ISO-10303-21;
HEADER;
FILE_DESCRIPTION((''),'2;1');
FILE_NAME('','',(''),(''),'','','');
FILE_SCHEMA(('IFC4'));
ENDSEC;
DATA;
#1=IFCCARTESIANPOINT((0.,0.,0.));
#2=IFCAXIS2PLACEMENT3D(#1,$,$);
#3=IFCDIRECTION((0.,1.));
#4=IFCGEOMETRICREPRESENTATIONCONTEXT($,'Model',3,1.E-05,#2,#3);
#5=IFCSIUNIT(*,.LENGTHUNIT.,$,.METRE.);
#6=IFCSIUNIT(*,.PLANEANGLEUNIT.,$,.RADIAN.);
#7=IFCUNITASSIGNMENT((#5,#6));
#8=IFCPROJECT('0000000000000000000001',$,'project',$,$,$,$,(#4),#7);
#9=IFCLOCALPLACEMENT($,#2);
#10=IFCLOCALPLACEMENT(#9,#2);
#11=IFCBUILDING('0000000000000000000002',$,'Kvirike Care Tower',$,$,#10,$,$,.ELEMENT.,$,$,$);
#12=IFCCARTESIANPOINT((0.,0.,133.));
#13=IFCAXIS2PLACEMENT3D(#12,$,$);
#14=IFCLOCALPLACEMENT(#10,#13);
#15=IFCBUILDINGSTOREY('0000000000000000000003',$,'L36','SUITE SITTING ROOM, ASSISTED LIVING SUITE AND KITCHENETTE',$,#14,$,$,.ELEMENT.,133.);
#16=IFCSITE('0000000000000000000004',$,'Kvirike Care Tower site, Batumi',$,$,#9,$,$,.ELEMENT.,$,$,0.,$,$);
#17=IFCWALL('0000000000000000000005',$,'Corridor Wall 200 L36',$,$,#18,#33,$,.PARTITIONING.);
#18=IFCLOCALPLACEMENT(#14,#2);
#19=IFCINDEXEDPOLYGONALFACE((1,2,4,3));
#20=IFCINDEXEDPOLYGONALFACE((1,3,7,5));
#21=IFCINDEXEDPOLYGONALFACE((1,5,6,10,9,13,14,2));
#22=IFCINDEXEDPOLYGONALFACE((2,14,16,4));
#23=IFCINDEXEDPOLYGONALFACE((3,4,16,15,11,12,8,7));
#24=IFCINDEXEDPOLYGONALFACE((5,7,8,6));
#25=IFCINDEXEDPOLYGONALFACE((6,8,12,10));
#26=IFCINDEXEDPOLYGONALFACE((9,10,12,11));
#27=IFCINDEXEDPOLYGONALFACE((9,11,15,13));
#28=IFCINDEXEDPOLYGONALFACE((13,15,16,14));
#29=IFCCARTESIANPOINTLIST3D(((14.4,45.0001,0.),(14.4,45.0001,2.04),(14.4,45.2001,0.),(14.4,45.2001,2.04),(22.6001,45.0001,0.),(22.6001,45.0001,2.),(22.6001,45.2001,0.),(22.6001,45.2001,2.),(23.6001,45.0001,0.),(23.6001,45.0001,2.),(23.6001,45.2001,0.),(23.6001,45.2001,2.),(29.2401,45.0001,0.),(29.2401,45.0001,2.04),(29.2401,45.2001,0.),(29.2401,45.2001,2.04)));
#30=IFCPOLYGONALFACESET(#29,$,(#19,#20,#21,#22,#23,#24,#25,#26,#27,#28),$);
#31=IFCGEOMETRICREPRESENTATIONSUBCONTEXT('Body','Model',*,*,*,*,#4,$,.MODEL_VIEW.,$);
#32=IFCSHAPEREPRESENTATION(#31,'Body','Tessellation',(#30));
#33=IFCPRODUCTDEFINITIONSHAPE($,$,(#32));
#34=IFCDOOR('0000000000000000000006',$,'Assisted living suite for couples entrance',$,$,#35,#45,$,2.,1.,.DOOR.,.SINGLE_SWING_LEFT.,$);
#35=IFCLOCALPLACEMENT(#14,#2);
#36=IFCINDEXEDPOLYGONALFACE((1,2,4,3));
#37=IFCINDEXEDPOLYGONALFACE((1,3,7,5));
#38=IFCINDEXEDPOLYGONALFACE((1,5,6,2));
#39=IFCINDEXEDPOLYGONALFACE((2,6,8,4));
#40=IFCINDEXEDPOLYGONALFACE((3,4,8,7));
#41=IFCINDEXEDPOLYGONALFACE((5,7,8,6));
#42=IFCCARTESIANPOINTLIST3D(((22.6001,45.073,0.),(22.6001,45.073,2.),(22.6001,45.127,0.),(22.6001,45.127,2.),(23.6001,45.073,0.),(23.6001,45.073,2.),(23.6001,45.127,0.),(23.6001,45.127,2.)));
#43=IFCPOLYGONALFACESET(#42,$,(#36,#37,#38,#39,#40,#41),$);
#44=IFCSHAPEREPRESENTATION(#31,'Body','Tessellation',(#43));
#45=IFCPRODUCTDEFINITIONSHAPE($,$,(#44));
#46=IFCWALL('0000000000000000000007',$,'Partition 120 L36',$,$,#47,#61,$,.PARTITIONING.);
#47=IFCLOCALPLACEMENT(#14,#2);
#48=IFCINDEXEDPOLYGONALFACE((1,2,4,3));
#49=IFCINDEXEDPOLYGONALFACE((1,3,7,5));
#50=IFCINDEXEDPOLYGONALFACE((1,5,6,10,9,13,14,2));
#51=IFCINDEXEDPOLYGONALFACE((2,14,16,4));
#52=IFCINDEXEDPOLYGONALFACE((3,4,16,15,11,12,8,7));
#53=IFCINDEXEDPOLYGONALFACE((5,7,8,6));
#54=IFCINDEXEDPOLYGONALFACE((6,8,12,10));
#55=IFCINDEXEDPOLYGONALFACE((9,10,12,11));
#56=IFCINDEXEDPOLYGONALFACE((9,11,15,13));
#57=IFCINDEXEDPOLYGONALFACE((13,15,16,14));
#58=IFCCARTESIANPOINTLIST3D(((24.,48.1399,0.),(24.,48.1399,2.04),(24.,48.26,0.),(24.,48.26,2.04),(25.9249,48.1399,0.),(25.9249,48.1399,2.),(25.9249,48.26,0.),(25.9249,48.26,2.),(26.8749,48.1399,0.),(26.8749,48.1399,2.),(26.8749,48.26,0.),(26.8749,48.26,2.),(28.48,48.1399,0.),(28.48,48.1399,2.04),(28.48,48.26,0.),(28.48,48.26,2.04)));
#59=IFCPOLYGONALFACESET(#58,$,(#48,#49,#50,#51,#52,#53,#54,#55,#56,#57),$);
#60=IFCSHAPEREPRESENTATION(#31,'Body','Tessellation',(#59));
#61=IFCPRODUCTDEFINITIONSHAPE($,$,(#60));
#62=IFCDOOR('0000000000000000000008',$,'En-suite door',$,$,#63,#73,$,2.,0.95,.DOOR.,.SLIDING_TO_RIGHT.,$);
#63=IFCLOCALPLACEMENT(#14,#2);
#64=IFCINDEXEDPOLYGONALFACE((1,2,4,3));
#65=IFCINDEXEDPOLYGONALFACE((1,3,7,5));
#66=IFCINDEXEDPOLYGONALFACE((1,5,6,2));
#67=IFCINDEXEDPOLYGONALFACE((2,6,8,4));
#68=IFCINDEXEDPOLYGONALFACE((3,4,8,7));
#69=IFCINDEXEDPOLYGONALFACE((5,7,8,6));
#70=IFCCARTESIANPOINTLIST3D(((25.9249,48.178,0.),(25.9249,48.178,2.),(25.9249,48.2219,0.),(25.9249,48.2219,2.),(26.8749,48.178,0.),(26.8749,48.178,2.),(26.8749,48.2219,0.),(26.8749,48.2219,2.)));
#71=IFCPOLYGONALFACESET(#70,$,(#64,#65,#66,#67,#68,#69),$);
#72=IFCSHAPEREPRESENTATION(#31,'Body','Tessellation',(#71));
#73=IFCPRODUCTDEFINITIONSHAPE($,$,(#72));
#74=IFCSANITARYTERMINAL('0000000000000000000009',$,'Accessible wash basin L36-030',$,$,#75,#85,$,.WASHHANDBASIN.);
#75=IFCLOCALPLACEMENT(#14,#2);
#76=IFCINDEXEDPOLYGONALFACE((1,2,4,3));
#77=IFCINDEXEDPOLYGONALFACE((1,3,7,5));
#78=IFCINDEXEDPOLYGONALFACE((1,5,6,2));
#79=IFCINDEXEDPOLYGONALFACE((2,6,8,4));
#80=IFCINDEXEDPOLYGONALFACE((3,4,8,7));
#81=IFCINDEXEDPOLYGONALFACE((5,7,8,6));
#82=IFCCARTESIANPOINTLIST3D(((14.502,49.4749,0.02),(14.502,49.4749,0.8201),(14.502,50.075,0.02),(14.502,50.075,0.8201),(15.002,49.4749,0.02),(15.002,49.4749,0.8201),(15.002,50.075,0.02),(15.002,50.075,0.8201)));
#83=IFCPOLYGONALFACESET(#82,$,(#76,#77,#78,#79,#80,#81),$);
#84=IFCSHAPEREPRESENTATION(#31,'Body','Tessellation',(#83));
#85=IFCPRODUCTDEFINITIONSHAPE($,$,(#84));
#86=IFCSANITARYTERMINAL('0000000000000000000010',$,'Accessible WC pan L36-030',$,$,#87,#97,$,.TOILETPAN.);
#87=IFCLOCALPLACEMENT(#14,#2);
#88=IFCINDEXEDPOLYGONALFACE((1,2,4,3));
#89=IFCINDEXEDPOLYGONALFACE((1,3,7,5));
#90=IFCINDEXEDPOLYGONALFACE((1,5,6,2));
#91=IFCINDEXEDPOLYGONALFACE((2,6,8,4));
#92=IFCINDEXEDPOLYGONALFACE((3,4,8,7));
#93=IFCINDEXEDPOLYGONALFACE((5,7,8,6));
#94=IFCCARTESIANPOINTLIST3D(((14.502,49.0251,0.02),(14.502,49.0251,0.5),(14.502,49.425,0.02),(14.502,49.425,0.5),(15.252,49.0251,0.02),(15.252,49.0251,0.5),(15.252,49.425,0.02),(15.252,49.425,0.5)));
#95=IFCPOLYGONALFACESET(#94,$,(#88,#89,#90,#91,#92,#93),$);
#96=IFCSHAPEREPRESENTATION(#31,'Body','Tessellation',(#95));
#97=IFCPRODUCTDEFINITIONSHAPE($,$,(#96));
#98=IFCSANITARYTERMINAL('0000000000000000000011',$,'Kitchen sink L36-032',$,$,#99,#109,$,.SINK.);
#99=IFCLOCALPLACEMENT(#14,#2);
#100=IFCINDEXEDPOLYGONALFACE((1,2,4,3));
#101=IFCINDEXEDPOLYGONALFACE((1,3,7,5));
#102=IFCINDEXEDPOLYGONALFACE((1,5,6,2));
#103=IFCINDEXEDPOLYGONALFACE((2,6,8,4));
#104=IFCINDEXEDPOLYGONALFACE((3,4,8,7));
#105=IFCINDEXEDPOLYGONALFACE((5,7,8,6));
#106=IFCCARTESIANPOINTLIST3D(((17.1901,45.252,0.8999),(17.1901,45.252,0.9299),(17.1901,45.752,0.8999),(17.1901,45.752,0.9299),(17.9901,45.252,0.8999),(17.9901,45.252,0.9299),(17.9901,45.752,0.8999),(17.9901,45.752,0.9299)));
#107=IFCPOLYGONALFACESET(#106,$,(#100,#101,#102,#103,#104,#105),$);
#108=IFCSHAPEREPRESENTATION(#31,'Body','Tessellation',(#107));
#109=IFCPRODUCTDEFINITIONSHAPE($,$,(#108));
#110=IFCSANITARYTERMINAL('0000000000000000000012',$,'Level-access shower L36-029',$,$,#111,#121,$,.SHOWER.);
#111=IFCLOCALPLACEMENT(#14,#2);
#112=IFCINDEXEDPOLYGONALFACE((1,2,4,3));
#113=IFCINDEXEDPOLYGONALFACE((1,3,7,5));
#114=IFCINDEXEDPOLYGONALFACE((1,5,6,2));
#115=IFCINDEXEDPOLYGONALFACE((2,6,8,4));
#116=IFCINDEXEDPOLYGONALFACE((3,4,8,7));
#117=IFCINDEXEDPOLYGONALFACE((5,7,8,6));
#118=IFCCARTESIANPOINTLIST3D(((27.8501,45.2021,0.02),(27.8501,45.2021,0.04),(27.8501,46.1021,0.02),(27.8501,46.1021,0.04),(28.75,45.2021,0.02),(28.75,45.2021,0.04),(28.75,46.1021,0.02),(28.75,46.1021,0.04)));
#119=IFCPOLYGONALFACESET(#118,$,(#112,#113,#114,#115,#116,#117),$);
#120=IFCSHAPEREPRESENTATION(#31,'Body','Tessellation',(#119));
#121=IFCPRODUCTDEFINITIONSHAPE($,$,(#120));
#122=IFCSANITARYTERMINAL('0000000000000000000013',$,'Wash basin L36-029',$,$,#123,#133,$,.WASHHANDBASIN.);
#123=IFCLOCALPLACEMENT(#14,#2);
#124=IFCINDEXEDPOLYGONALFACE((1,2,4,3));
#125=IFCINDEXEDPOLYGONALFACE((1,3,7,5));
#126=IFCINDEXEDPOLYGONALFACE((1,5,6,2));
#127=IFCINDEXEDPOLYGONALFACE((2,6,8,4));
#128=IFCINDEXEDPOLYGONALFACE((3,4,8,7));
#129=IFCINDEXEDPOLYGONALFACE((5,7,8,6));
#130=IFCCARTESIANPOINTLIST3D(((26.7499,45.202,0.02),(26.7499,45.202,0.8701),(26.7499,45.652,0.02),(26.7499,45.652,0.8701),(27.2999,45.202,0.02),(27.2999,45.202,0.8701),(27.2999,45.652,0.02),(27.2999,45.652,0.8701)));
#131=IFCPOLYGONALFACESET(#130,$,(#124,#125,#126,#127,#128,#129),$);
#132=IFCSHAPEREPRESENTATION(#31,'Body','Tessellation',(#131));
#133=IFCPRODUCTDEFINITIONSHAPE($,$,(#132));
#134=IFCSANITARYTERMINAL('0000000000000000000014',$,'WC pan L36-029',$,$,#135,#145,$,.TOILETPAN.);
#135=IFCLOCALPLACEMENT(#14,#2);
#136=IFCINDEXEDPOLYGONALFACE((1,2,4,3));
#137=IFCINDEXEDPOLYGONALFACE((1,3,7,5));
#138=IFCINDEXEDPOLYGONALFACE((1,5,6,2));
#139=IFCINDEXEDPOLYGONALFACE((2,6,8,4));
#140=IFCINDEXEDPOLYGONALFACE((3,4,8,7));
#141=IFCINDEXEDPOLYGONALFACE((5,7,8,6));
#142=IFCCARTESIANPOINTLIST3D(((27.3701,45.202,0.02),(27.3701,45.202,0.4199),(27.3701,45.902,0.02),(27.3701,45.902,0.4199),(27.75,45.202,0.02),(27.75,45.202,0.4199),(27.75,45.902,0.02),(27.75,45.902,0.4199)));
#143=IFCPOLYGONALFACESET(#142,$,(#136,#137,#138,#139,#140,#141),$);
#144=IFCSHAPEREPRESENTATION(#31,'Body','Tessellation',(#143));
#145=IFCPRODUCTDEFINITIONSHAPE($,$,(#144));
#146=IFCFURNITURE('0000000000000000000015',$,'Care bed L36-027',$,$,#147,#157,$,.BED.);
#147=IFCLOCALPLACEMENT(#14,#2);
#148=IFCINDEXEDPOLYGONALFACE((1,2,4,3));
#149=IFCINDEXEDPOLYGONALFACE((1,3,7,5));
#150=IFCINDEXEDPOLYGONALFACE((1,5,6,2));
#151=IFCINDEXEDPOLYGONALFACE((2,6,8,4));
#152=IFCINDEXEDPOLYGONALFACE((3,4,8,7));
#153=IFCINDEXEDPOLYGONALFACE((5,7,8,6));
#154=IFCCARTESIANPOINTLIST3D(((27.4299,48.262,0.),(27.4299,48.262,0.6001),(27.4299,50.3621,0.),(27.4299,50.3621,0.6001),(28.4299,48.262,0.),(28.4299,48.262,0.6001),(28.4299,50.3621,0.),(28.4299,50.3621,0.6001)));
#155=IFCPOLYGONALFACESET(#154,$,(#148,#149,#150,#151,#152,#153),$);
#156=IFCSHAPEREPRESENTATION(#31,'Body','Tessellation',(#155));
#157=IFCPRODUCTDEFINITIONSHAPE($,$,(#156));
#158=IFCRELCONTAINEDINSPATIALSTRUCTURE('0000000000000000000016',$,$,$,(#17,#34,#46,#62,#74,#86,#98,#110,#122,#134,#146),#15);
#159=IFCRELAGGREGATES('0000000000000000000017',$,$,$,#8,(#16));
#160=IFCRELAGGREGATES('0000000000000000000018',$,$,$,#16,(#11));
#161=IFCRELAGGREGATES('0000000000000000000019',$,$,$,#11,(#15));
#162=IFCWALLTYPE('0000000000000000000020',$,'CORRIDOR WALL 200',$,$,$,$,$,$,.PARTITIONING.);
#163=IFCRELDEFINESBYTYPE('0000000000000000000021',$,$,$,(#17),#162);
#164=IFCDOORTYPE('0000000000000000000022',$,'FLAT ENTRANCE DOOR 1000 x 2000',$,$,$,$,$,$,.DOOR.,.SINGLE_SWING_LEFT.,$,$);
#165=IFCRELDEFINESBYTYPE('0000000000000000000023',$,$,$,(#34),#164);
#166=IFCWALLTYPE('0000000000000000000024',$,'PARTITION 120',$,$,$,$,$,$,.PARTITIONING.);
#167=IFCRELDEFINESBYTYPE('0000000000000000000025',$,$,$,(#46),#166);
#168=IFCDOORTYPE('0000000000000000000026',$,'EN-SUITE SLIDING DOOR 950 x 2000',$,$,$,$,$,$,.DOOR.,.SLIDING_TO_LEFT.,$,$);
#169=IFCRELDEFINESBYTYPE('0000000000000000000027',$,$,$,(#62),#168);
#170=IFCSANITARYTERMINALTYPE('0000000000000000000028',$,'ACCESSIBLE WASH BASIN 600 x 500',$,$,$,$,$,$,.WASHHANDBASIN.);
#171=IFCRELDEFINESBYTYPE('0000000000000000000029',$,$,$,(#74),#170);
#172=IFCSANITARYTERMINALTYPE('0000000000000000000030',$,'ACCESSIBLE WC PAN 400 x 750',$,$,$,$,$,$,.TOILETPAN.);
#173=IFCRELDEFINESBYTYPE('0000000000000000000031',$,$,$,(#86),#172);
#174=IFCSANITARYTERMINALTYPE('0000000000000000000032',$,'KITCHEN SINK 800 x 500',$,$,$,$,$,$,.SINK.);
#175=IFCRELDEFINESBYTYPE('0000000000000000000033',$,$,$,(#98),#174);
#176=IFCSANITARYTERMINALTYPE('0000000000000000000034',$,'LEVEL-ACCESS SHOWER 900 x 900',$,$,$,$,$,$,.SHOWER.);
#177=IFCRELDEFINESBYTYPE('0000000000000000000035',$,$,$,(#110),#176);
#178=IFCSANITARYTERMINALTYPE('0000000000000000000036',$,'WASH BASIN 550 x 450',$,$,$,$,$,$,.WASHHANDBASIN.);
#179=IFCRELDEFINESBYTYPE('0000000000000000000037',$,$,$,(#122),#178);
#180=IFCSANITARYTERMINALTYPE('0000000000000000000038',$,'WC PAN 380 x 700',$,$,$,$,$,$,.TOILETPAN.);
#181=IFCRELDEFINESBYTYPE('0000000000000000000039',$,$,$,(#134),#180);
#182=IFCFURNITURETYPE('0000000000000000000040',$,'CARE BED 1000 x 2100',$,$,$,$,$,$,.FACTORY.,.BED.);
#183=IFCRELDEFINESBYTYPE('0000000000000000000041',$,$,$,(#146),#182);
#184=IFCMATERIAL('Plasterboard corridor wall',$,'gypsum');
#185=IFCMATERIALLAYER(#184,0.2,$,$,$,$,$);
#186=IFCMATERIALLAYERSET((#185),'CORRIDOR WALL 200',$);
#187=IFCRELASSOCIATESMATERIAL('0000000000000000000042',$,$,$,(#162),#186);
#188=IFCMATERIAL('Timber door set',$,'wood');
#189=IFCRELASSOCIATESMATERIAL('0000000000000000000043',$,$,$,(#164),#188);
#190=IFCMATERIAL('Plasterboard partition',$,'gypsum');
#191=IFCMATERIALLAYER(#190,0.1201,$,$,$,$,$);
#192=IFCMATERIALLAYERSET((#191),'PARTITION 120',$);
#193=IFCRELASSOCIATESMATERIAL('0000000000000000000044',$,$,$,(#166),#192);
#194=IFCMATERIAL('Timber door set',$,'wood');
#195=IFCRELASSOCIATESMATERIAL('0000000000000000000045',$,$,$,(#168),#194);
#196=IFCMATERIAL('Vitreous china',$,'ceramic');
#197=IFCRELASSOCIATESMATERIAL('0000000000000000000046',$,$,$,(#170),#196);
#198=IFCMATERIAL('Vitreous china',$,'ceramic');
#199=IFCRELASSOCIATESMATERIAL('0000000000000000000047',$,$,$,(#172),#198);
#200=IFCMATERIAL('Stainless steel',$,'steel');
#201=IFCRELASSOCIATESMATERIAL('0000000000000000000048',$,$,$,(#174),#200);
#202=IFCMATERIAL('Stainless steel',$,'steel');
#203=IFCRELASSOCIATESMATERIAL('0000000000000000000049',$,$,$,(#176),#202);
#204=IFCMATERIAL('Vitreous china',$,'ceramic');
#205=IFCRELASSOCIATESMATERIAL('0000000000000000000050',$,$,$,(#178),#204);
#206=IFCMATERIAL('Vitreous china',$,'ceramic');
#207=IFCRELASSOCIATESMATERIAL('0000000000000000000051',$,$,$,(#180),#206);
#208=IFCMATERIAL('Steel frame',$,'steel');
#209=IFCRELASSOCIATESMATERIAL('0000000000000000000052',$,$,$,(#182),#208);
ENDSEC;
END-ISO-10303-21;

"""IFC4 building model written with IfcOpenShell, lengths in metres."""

from ifc_helpers import new_model, si_unit, direction, frame, frame_2d, origin, origin_2d, place, context, subcontext, project, spatial, rectangle, extrude, material, layer, layer_set, type_object, element, fill, save


model = new_model("IFC4")

# Units and contexts
model_context = context("Model", 3, precision=1e-05, world=origin(), true_north=direction((0.0, 1.0)))
body_context = subcontext(model_context, "Body", "Model", "MODEL_VIEW")
ifc_project = project(units=[si_unit("LENGTHUNIT", "METRE"), si_unit("PLANEANGLEUNIT", "RADIAN")], contexts=[model_context])

# Site, building, storey
site_placement = place(None, origin())
site = spatial("IfcSite", under=ifc_project, at=site_placement, Name="Kvirike Care Tower site, Batumi", CompositionType="ELEMENT", RefElevation=0.0)
building_placement = place(site_placement, origin())
building = spatial("IfcBuilding", under=site, at=building_placement, Name="Kvirike Care Tower", CompositionType="ELEMENT")
storey_placement = place(building_placement, frame((0.0, 0.0, 133.0)))
storey = spatial("IfcBuildingStorey", under=building, at=storey_placement, Name="L36", Description="SUITE SITTING ROOM, ASSISTED LIVING SUITE AND KITCHENETTE", CompositionType="ELEMENT", Elevation=133.0)

# Walls, openings, doors
ifc_material_1 = material(Name="Plasterboard corridor wall", Category="gypsum")
ifc_layer_1 = layer(ifc_material_1, 0.2)
ifc_layer_set_1 = layer_set([ifc_layer_1], Name="CORRIDOR WALL 200")
wall_type_1 = type_object("IfcWallType", Name="CORRIDOR WALL 200", PredefinedType="PARTITIONING", material=ifc_layer_set_1)
wall_1_placement = place(storey_placement, frame((29.24, 45.1001, 0.0), z_axis=(0.0, 0.0, 1.0), x_axis=(-1.0, 0.0, 0.0)))
wall_1 = element("IfcWall", 1, at=wall_1_placement, inside=storey, type_object=wall_type_1, Name="Corridor Wall 200 L36", PredefinedType="PARTITIONING", context=body_context, shape_type="SweptSolid", body=[
    extrude(rectangle(XDim=14.8401, YDim=0.2, at=frame_2d((7.4199, 0.0))), origin(), (0.0, 0.0, 1.0), 2.04),
])
opening_1_placement = place(wall_1_placement, frame((5.6399, 0.0, 0.0)))
opening_1 = element("IfcOpeningElement", 2, at=opening_1_placement, cuts=wall_1, PredefinedType="OPENING", context=body_context, shape_type="SweptSolid", body=[
    extrude(rectangle(XDim=1.0, YDim=2.0, at=frame_2d((0.5, 1.0))), frame((0.0, 0.1106, 0.0), z_axis=(0.0, -1.0, 0.0), x_axis=(1.0, 0.0, 0.0)), (0.0, 0.0, 1.0), 0.2209),
])
ifc_material_2 = material(Name="Timber door set", Category="wood")
door_type_1 = type_object("IfcDoorType", Name="FLAT ENTRANCE DOOR 1000 x 2000", OperationType="SINGLE_SWING_LEFT", PredefinedType="DOOR", material=ifc_material_2)
door_1_placement = place(opening_1_placement, frame((1.0, 0.0, 0.0), z_axis=(0.0, 0.0, 1.0), x_axis=(-1.0, 0.0, 0.0)))
door_1 = element("IfcDoor", 3, at=door_1_placement, inside=storey, type_object=door_type_1, Name="Assisted living suite for couples entrance", OperationType="SINGLE_SWING_LEFT", OverallHeight=2.0, OverallWidth=1.0, PredefinedType="DOOR", context=body_context, shape_type="SweptSolid", body=[
    extrude(rectangle(XDim=1.0, YDim=2.0, at=frame_2d((0.5, 1.0))), frame((0.0, 0.0269, 0.0), z_axis=(0.0, -1.0, 0.0), x_axis=(1.0, 0.0, 0.0)), (0.0, 0.0, 1.0), 0.054),
])
fill(opening_1, door_1)
ifc_material_3 = material(Name="Plasterboard partition", Category="gypsum")
ifc_layer_2 = layer(ifc_material_3, 0.1201)
ifc_layer_set_2 = layer_set([ifc_layer_2], Name="PARTITION 120")
wall_type_2 = type_object("IfcWallType", Name="PARTITION 120", PredefinedType="PARTITIONING", material=ifc_layer_set_2)
wall_2_placement = place(storey_placement, frame((28.48, 48.2, 0.0), z_axis=(0.0, 0.0, 1.0), x_axis=(-1.0, 0.0, 0.0)))
wall_2 = element("IfcWall", 4, at=wall_2_placement, inside=storey, type_object=wall_type_2, Name="Partition 120 L36", PredefinedType="PARTITIONING", context=body_context, shape_type="SweptSolid", body=[
    extrude(rectangle(XDim=4.48, YDim=0.1201, at=frame_2d((2.24, 0.0))), origin(), (0.0, 0.0, 1.0), 2.04),
])
opening_2_placement = place(wall_2_placement, frame((1.605, 0.0, 0.0)))
opening_2 = element("IfcOpeningElement", 5, at=opening_2_placement, cuts=wall_2, PredefinedType="OPENING", context=body_context, shape_type="SweptSolid", body=[
    extrude(rectangle(XDim=0.95, YDim=2.0, at=frame_2d((0.4751, 1.0))), frame((0.0, 0.0706, 0.0), z_axis=(0.0, -1.0, 0.0), x_axis=(1.0, 0.0, 0.0)), (0.0, 0.0, 1.0), 0.1411),
])
ifc_material_4 = material(Name="Timber door set", Category="wood")
door_type_2 = type_object("IfcDoorType", Name="EN-SUITE SLIDING DOOR 950 x 2000", OperationType="SLIDING_TO_LEFT", PredefinedType="DOOR", material=ifc_material_4)
door_2_placement = place(opening_2_placement, origin())
door_2 = element("IfcDoor", 6, at=door_2_placement, inside=storey, type_object=door_type_2, Name="En-suite door", OperationType="SLIDING_TO_RIGHT", OverallHeight=2.0, OverallWidth=0.95, PredefinedType="DOOR", context=body_context, shape_type="SweptSolid", body=[
    extrude(rectangle(XDim=0.95, YDim=2.0, at=frame_2d((0.4751, 1.0))), frame((0.0, 0.022, 0.0), z_axis=(0.0, -1.0, 0.0), x_axis=(1.0, 0.0, 0.0)), (0.0, 0.0, 1.0), 0.0439),
])
fill(opening_2, door_2)

# Sanitary terminals
ifc_material_5 = material(Name="Vitreous china", Category="ceramic")
sanitary_terminal_type_1 = type_object("IfcSanitaryTerminalType", Name="ACCESSIBLE WASH BASIN 600 x 500", PredefinedType="WASHHANDBASIN", material=ifc_material_5)
sanitary_terminal_1_placement = place(storey_placement, frame((14.752, 49.7749, 0.02), z_axis=(0.0, 0.0, 1.0), x_axis=(0.0, 1.0, 0.0)))
element("IfcSanitaryTerminal", 7, at=sanitary_terminal_1_placement, inside=storey, type_object=sanitary_terminal_type_1, Name="Accessible wash basin L36-030", PredefinedType="WASHHANDBASIN", context=body_context, shape_type="SweptSolid", body=[
    extrude(rectangle(XDim=0.6001, YDim=0.5, at=origin_2d()), origin(), (0.0, 0.0, 1.0), 0.8),
])
ifc_material_6 = material(Name="Vitreous china", Category="ceramic")
sanitary_terminal_type_2 = type_object("IfcSanitaryTerminalType", Name="ACCESSIBLE WC PAN 400 x 750", PredefinedType="TOILETPAN", material=ifc_material_6)
sanitary_terminal_2_placement = place(storey_placement, frame((14.877, 49.2251, 0.02), z_axis=(0.0, 0.0, 1.0), x_axis=(0.0, 1.0, 0.0)))
element("IfcSanitaryTerminal", 8, at=sanitary_terminal_2_placement, inside=storey, type_object=sanitary_terminal_type_2, Name="Accessible WC pan L36-030", PredefinedType="TOILETPAN", context=body_context, shape_type="SweptSolid", body=[
    extrude(rectangle(XDim=0.3999, YDim=0.75, at=origin_2d()), origin(), (0.0, 0.0, 1.0), 0.48),
])
ifc_material_7 = material(Name="Stainless steel", Category="steel")
sanitary_terminal_type_3 = type_object("IfcSanitaryTerminalType", Name="KITCHEN SINK 800 x 500", PredefinedType="SINK", material=ifc_material_7)
sanitary_terminal_3_placement = place(storey_placement, frame((17.5901, 45.502, 0.8999), z_axis=(0.0, 0.0, 1.0), x_axis=(-1.0, 0.0, 0.0)))
element("IfcSanitaryTerminal", 9, at=sanitary_terminal_3_placement, inside=storey, type_object=sanitary_terminal_type_3, Name="Kitchen sink L36-032", PredefinedType="SINK", context=body_context, shape_type="SweptSolid", body=[
    extrude(rectangle(XDim=0.8, YDim=0.5, at=origin_2d()), origin(), (0.0, 0.0, 1.0), 0.03),
])
ifc_material_8 = material(Name="Stainless steel", Category="steel")
sanitary_terminal_type_4 = type_object("IfcSanitaryTerminalType", Name="LEVEL-ACCESS SHOWER 900 x 900", PredefinedType="SHOWER", material=ifc_material_8)
sanitary_terminal_4_placement = place(storey_placement, frame((28.3, 45.6521, 0.02), z_axis=(0.0, 0.0, 1.0), x_axis=(-1.0, 0.0, 0.0)))
element("IfcSanitaryTerminal", 10, at=sanitary_terminal_4_placement, inside=storey, type_object=sanitary_terminal_type_4, Name="Level-access shower L36-029", PredefinedType="SHOWER", context=body_context, shape_type="SweptSolid", body=[
    extrude(rectangle(XDim=0.8999, YDim=0.8999, at=origin_2d()), origin(), (0.0, 0.0, 1.0), 0.02),
])
ifc_material_9 = material(Name="Vitreous china", Category="ceramic")
sanitary_terminal_type_5 = type_object("IfcSanitaryTerminalType", Name="WASH BASIN 550 x 450", PredefinedType="WASHHANDBASIN", material=ifc_material_9)
sanitary_terminal_5_placement = place(storey_placement, frame((27.0249, 45.427, 0.02), z_axis=(0.0, 0.0, 1.0), x_axis=(-1.0, 0.0, 0.0)))
element("IfcSanitaryTerminal", 11, at=sanitary_terminal_5_placement, inside=storey, type_object=sanitary_terminal_type_5, Name="Wash basin L36-029", PredefinedType="WASHHANDBASIN", context=body_context, shape_type="SweptSolid", body=[
    extrude(rectangle(XDim=0.55, YDim=0.45, at=origin_2d()), origin(), (0.0, 0.0, 1.0), 0.8501),
])
ifc_material_10 = material(Name="Vitreous china", Category="ceramic")
sanitary_terminal_type_6 = type_object("IfcSanitaryTerminalType", Name="WC PAN 380 x 700", PredefinedType="TOILETPAN", material=ifc_material_10)
sanitary_terminal_6_placement = place(storey_placement, frame((27.5601, 45.552, 0.02), z_axis=(0.0, 0.0, 1.0), x_axis=(-1.0, 0.0, 0.0)))
element("IfcSanitaryTerminal", 12, at=sanitary_terminal_6_placement, inside=storey, type_object=sanitary_terminal_type_6, Name="WC pan L36-029", PredefinedType="TOILETPAN", context=body_context, shape_type="SweptSolid", body=[
    extrude(rectangle(XDim=0.3799, YDim=0.7, at=origin_2d()), origin(), (0.0, 0.0, 1.0), 0.3999),
])

# Furniture
ifc_material_11 = material(Name="Steel frame", Category="steel")
furniture_type_1 = type_object("IfcFurnitureType", Name="CARE BED 1000 x 2100", AssemblyPlace="FACTORY", PredefinedType="BED", material=ifc_material_11)
furniture_1_placement = place(storey_placement, frame((27.9299, 49.312, 0.0), z_axis=(0.0, 0.0, 1.0), x_axis=(-1.0, 0.0, 0.0)))
element("IfcFurniture", 13, at=furniture_1_placement, inside=storey, type_object=furniture_type_1, Name="Care bed L36-027", PredefinedType="BED", context=body_context, shape_type="SweptSolid", body=[
    extrude(rectangle(XDim=1.0, YDim=2.1001, at=origin_2d()), origin(), (0.0, 0.0, 1.0), 0.6001),
])

save(model, "model.ifc")
